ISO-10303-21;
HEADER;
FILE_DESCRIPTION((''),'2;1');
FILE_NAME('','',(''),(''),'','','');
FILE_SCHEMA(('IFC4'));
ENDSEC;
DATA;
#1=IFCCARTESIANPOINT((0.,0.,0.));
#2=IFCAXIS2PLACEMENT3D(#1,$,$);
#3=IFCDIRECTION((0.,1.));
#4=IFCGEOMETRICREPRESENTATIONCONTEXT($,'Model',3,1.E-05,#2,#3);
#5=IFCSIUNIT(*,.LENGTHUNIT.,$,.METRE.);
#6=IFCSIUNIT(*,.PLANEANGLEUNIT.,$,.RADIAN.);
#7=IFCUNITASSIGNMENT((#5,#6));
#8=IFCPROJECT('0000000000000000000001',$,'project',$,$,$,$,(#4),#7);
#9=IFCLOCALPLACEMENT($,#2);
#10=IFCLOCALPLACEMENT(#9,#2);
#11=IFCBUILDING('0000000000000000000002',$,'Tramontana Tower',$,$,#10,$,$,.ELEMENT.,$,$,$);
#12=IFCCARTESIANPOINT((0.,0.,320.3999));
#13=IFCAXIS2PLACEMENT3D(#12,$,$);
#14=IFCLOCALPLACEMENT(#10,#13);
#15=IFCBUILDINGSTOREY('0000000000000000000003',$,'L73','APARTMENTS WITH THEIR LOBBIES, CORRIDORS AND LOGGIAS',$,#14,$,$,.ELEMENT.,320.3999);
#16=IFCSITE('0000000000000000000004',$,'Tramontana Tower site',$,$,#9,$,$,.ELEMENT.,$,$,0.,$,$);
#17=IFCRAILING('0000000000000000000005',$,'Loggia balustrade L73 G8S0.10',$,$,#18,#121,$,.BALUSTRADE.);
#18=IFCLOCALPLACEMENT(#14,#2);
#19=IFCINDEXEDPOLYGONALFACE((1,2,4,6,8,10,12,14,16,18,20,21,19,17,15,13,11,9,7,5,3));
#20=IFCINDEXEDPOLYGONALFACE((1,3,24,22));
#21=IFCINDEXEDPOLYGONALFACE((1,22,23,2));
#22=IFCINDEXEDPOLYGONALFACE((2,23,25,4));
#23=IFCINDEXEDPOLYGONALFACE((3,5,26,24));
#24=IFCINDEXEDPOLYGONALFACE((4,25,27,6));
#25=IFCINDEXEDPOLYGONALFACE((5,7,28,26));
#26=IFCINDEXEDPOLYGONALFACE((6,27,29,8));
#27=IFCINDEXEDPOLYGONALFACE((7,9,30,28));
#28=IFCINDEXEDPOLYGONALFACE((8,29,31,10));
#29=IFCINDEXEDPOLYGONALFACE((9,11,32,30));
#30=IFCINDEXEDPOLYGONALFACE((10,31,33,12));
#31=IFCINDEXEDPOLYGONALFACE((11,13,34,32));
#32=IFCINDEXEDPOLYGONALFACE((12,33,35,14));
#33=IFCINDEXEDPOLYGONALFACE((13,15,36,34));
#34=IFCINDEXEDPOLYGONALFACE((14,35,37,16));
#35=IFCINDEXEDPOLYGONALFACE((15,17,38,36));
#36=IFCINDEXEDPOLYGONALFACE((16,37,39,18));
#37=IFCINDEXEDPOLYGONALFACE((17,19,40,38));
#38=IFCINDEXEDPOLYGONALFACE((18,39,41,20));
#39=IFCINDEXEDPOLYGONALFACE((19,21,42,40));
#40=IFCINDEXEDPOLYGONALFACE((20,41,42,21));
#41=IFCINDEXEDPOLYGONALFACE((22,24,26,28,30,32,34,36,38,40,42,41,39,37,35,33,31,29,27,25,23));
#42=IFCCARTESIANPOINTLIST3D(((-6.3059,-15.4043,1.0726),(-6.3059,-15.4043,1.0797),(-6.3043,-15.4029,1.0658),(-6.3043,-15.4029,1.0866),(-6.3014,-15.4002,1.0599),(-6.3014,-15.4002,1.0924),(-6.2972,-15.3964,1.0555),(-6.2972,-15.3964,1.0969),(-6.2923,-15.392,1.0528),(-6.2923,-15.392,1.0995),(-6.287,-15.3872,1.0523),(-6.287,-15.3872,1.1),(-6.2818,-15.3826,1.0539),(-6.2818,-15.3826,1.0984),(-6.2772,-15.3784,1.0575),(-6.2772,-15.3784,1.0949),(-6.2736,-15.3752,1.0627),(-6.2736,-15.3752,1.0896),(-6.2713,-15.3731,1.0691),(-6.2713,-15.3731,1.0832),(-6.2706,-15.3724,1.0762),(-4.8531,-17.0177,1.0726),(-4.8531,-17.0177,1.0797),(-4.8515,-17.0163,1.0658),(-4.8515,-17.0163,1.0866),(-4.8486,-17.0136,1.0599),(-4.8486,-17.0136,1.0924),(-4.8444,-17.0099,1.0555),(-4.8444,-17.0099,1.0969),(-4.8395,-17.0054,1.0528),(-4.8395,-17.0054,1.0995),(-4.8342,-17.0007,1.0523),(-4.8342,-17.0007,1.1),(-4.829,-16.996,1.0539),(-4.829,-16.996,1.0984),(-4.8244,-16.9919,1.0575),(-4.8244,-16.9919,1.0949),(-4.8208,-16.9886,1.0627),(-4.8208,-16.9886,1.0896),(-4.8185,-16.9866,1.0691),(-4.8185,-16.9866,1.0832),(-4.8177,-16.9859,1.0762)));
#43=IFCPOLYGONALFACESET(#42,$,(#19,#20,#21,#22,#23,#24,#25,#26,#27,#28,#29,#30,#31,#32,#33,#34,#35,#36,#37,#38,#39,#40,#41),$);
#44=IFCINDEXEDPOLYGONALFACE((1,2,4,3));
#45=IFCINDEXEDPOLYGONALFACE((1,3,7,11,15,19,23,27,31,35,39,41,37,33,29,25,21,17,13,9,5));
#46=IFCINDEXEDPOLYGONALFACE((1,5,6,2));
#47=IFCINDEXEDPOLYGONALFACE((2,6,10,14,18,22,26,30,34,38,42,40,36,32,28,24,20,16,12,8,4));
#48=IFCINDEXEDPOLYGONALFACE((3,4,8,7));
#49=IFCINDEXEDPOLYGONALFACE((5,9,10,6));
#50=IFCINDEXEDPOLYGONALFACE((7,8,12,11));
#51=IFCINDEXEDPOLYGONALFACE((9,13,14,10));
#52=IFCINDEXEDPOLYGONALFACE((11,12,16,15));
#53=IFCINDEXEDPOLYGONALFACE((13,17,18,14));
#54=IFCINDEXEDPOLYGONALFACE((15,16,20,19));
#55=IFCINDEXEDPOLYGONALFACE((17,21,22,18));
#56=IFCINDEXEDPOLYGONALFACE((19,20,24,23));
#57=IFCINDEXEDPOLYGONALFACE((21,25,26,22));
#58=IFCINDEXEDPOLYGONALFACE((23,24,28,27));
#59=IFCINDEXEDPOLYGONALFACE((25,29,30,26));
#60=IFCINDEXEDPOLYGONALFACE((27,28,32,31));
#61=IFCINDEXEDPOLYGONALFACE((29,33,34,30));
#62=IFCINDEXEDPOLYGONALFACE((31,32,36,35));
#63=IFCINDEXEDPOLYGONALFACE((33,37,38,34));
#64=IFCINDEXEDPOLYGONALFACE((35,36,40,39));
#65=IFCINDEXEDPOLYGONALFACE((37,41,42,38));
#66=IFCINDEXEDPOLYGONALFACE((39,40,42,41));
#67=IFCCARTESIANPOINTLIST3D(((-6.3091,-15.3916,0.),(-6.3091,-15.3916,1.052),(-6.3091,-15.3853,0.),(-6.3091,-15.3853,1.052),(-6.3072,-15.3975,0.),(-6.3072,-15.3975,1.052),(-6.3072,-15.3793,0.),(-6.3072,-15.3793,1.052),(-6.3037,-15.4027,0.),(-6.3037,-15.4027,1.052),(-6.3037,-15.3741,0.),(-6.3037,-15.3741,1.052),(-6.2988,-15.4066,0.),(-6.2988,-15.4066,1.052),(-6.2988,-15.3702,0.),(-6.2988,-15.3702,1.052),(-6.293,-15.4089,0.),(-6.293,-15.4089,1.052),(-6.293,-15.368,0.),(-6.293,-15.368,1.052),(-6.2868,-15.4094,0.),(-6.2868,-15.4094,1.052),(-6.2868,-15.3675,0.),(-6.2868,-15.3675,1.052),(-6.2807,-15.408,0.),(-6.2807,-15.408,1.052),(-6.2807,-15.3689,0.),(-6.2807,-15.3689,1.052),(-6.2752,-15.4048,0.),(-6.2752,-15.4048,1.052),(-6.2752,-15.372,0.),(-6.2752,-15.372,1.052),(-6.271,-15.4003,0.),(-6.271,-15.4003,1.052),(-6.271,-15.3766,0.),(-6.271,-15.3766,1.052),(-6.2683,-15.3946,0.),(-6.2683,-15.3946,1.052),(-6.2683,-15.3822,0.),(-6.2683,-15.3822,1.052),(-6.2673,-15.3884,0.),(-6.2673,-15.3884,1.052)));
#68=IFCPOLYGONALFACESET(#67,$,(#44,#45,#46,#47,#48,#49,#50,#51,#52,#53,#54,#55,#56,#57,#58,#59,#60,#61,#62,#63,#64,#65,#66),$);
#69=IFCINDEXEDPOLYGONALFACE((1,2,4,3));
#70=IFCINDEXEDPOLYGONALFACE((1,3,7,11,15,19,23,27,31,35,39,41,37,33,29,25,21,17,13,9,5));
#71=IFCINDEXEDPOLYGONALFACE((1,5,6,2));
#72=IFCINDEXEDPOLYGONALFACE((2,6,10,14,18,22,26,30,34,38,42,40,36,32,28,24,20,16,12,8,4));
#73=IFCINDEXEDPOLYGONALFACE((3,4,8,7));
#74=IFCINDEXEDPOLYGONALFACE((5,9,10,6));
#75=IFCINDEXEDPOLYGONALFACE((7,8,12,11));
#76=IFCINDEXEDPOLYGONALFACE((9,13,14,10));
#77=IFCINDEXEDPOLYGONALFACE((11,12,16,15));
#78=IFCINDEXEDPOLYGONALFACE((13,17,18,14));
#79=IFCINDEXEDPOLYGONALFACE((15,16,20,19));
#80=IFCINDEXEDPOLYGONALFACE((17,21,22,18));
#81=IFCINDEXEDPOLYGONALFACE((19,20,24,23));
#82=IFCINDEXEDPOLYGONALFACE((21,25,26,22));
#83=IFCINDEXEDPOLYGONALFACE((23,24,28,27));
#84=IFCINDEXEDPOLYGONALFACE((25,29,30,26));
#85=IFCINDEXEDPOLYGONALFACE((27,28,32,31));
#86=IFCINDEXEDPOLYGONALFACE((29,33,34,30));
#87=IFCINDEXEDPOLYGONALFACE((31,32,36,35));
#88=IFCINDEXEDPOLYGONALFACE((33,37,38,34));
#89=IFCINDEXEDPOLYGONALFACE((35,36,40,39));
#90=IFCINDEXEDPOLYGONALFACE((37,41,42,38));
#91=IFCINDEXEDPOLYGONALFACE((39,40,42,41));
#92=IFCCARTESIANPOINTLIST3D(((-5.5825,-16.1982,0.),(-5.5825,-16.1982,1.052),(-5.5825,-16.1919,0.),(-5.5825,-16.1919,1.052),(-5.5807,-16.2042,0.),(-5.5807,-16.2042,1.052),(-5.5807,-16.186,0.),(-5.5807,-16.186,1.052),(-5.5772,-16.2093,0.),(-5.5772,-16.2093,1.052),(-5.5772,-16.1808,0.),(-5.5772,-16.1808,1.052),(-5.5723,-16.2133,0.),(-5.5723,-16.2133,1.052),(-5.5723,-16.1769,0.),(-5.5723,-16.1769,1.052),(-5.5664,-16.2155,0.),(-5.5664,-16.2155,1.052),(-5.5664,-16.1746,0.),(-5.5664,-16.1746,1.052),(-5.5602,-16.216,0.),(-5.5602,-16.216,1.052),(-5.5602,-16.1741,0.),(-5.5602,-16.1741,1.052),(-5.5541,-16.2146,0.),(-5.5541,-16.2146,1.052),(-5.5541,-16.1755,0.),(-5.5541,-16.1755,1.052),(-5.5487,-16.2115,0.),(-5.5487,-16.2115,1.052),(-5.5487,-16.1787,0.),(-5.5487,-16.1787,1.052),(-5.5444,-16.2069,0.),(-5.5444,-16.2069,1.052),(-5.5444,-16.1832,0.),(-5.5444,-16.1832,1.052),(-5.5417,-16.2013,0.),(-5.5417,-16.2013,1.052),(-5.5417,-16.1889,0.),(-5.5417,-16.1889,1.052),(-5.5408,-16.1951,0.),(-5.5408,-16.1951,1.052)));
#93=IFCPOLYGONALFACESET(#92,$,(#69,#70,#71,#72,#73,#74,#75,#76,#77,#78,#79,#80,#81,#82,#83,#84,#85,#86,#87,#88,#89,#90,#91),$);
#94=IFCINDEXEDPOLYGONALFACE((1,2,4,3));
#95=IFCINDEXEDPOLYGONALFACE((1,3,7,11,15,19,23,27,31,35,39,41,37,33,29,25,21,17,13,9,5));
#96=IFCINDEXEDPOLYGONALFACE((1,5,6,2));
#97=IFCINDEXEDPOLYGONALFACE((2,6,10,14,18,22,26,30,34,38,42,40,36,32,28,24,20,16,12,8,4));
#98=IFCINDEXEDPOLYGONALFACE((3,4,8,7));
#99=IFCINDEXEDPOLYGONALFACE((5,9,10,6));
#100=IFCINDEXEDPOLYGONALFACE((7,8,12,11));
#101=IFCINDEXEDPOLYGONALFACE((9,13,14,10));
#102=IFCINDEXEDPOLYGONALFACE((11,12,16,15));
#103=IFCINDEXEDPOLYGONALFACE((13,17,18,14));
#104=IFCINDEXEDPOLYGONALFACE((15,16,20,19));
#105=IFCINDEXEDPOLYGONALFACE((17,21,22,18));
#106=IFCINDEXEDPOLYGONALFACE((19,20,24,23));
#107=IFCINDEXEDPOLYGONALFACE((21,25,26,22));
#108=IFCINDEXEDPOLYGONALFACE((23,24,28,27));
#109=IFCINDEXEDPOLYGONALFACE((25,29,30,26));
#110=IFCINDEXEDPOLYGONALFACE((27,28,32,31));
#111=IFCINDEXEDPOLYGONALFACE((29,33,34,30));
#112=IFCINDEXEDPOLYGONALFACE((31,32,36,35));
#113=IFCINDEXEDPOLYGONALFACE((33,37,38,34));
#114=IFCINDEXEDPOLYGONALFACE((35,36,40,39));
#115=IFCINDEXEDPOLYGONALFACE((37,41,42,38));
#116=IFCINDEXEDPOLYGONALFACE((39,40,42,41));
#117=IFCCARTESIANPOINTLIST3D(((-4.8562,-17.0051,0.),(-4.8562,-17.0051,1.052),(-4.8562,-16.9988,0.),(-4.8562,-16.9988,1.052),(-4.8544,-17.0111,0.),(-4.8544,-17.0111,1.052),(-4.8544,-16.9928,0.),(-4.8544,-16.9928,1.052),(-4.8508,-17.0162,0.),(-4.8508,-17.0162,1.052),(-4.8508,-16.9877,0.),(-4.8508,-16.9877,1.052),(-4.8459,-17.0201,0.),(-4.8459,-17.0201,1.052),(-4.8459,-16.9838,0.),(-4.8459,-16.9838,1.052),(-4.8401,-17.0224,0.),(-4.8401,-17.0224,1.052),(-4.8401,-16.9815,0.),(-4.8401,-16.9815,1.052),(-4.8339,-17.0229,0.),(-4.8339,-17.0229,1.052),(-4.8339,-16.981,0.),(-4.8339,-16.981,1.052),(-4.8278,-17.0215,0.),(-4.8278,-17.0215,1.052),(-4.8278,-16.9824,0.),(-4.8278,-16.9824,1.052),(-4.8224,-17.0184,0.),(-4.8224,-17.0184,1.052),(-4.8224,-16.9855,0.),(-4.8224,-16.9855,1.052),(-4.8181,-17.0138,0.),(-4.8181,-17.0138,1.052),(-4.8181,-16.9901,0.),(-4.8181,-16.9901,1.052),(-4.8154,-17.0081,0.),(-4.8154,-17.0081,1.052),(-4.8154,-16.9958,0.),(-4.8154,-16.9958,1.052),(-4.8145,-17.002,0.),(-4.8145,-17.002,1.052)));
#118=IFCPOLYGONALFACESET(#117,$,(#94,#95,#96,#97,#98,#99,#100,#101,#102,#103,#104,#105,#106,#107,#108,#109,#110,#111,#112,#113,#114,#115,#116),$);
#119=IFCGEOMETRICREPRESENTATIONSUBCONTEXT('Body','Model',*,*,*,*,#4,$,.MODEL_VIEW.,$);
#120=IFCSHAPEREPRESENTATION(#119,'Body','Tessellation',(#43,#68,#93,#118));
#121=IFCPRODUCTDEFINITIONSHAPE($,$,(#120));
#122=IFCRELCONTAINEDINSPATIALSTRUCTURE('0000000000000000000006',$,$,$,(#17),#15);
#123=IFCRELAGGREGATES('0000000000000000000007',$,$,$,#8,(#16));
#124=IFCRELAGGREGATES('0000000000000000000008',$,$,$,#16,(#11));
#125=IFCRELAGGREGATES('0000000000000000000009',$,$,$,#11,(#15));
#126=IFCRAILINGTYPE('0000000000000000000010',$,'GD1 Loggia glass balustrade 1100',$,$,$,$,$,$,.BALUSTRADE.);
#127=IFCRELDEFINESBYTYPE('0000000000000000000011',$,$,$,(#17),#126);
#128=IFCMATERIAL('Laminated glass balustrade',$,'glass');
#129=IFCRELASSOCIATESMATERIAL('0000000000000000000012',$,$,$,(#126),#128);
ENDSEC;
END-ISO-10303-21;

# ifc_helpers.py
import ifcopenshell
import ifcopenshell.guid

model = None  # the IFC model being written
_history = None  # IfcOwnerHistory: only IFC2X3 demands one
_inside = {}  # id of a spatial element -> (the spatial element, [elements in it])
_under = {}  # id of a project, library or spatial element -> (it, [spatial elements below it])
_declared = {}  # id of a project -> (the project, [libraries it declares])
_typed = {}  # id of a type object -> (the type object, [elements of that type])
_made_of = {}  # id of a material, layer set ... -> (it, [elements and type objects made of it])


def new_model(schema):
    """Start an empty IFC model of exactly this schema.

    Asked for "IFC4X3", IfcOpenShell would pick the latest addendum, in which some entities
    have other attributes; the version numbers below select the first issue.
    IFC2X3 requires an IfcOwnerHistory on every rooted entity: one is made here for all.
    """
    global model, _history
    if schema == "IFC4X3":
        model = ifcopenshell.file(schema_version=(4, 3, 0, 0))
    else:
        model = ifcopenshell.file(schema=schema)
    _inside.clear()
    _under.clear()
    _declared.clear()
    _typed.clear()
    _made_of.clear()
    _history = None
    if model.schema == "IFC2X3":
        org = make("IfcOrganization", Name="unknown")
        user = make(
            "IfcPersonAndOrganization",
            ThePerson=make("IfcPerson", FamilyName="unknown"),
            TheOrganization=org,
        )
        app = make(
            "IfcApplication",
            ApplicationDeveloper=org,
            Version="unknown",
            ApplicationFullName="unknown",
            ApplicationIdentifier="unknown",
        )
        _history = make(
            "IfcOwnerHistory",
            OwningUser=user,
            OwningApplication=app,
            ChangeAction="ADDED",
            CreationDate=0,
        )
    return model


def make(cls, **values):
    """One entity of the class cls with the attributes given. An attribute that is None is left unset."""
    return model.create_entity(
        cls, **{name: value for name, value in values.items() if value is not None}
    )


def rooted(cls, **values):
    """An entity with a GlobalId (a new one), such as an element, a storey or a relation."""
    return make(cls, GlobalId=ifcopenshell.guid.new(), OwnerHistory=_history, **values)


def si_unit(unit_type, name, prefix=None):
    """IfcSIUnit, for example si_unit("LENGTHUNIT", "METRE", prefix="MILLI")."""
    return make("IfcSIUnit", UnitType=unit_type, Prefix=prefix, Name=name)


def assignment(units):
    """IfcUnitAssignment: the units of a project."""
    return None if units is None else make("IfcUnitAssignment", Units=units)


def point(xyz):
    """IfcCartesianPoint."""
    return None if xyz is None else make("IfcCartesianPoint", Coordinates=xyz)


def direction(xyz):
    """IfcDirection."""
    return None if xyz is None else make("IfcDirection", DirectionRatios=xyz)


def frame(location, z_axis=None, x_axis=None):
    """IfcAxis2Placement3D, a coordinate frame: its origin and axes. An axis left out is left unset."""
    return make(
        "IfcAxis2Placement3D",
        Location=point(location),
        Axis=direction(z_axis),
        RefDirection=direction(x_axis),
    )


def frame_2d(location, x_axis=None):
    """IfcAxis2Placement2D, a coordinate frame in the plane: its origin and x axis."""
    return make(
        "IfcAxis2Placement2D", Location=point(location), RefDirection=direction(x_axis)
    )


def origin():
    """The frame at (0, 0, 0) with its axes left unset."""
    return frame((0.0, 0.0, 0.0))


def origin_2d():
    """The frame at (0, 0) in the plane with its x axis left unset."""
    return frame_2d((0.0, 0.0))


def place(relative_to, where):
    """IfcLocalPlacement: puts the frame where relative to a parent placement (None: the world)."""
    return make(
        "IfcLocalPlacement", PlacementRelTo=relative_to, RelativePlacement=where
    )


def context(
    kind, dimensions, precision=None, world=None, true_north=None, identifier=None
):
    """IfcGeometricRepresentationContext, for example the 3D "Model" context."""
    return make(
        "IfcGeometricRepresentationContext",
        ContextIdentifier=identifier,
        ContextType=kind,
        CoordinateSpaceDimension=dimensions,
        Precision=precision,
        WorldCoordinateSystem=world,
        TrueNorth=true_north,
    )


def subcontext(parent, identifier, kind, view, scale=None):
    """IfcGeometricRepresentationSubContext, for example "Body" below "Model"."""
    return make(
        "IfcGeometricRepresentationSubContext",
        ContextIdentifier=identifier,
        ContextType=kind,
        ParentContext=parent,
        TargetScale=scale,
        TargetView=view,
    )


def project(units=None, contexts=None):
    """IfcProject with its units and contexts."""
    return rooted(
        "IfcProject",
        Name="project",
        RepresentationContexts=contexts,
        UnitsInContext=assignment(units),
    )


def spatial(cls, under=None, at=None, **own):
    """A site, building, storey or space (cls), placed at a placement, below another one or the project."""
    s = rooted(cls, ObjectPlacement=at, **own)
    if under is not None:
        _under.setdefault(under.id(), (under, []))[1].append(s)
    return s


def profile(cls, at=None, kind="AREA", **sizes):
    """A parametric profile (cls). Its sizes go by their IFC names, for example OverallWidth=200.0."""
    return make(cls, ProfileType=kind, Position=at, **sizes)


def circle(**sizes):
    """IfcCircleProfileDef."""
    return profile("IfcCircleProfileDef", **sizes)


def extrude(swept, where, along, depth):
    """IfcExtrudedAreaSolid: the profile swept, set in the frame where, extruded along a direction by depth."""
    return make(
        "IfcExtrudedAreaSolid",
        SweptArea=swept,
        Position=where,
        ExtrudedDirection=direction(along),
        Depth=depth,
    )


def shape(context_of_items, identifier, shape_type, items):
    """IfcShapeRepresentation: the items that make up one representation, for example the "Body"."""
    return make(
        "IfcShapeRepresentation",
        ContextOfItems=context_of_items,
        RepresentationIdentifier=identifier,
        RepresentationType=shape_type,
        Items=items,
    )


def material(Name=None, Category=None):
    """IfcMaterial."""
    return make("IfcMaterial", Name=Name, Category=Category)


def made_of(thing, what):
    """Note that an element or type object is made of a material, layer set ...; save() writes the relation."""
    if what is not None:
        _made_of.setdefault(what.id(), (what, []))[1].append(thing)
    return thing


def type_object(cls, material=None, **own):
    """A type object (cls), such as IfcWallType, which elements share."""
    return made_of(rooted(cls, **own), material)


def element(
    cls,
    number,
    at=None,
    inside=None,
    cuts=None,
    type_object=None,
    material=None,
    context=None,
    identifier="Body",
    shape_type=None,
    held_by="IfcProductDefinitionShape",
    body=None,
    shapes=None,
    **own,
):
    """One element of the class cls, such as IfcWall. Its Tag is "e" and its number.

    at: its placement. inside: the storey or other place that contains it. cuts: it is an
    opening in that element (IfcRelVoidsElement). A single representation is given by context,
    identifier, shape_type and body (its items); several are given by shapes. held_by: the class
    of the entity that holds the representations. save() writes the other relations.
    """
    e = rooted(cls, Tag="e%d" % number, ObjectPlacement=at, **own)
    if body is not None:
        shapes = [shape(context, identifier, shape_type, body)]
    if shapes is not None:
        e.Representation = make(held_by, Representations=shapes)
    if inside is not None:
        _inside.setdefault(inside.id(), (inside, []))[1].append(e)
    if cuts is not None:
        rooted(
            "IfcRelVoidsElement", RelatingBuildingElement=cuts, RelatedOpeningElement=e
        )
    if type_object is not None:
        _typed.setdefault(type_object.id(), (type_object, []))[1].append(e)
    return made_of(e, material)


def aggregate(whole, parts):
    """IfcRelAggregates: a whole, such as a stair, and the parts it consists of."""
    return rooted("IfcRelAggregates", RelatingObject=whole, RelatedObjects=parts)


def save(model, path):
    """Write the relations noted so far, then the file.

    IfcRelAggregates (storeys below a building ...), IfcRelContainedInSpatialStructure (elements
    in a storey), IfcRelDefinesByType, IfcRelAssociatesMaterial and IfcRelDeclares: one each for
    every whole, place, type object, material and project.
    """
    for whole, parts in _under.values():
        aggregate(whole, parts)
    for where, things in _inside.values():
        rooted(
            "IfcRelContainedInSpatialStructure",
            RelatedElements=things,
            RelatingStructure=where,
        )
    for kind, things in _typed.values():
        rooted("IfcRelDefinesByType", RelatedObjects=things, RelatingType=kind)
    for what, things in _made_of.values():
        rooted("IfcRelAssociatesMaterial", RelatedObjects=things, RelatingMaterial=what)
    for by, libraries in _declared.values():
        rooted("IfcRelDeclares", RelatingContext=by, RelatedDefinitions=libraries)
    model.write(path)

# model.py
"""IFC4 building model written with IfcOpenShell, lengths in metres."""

from ifc_helpers import new_model, si_unit, direction, frame, origin, origin_2d, place, context, subcontext, project, spatial, circle, extrude, material, type_object, element, save


model = new_model("IFC4")

# Units and contexts
model_context = context("Model", 3, precision=1e-05, world=origin(), true_north=direction((0.0, 1.0)))
body_context = subcontext(model_context, "Body", "Model", "MODEL_VIEW")
ifc_project = project(units=[si_unit("LENGTHUNIT", "METRE"), si_unit("PLANEANGLEUNIT", "RADIAN")], contexts=[model_context])

# Site, building, storey
site_placement = place(None, origin())
site = spatial("IfcSite", under=ifc_project, at=site_placement, Name="Tramontana Tower site", CompositionType="ELEMENT", RefElevation=0.0)
building_placement = place(site_placement, origin())
building = spatial("IfcBuilding", under=site, at=building_placement, Name="Tramontana Tower", CompositionType="ELEMENT")
storey_placement = place(building_placement, frame((0.0, 0.0, 320.3999)))
storey = spatial("IfcBuildingStorey", under=building, at=storey_placement, Name="L73", Description="APARTMENTS WITH THEIR LOBBIES, CORRIDORS AND LOGGIAS", CompositionType="ELEMENT", Elevation=320.3999)

# Railing
ifc_material_1 = material(Name="Laminated glass balustrade", Category="glass")
railing_type = type_object("IfcRailingType", Name="GD1 Loggia glass balustrade 1100", PredefinedType="BALUSTRADE", material=ifc_material_1)
railing_1_placement = place(storey_placement, frame((-6.2883, -15.3884, 0.0)))
element("IfcRailing", 1, at=railing_1_placement, inside=storey, type_object=railing_type, Name="Loggia balustrade L73 G8S0.10", PredefinedType="BALUSTRADE", context=body_context, shape_type="SweptSolid", body=[
    extrude(circle(Radius=0.0239, at=origin_2d()), frame((0.0, 0.0, 1.0762), z_axis=(0.669145, -0.743132, 0.0), x_axis=(0.743132, 0.669145, 0.0)), (0.0, 0.0, 1.0), 2.1711),
    extrude(circle(Radius=0.021, at=origin_2d()), origin(), (0.0, 0.0, 1.0), 1.052),
    extrude(circle(Radius=0.021, at=origin_2d()), frame((0.7266, -0.8066, 0.0)), (0.0, 0.0, 1.0), 1.052),
    extrude(circle(Radius=0.021, at=origin_2d()), frame((1.4529, -1.6135, 0.0)), (0.0, 0.0, 1.0), 1.052),
])

save(model, "model.ifc")
